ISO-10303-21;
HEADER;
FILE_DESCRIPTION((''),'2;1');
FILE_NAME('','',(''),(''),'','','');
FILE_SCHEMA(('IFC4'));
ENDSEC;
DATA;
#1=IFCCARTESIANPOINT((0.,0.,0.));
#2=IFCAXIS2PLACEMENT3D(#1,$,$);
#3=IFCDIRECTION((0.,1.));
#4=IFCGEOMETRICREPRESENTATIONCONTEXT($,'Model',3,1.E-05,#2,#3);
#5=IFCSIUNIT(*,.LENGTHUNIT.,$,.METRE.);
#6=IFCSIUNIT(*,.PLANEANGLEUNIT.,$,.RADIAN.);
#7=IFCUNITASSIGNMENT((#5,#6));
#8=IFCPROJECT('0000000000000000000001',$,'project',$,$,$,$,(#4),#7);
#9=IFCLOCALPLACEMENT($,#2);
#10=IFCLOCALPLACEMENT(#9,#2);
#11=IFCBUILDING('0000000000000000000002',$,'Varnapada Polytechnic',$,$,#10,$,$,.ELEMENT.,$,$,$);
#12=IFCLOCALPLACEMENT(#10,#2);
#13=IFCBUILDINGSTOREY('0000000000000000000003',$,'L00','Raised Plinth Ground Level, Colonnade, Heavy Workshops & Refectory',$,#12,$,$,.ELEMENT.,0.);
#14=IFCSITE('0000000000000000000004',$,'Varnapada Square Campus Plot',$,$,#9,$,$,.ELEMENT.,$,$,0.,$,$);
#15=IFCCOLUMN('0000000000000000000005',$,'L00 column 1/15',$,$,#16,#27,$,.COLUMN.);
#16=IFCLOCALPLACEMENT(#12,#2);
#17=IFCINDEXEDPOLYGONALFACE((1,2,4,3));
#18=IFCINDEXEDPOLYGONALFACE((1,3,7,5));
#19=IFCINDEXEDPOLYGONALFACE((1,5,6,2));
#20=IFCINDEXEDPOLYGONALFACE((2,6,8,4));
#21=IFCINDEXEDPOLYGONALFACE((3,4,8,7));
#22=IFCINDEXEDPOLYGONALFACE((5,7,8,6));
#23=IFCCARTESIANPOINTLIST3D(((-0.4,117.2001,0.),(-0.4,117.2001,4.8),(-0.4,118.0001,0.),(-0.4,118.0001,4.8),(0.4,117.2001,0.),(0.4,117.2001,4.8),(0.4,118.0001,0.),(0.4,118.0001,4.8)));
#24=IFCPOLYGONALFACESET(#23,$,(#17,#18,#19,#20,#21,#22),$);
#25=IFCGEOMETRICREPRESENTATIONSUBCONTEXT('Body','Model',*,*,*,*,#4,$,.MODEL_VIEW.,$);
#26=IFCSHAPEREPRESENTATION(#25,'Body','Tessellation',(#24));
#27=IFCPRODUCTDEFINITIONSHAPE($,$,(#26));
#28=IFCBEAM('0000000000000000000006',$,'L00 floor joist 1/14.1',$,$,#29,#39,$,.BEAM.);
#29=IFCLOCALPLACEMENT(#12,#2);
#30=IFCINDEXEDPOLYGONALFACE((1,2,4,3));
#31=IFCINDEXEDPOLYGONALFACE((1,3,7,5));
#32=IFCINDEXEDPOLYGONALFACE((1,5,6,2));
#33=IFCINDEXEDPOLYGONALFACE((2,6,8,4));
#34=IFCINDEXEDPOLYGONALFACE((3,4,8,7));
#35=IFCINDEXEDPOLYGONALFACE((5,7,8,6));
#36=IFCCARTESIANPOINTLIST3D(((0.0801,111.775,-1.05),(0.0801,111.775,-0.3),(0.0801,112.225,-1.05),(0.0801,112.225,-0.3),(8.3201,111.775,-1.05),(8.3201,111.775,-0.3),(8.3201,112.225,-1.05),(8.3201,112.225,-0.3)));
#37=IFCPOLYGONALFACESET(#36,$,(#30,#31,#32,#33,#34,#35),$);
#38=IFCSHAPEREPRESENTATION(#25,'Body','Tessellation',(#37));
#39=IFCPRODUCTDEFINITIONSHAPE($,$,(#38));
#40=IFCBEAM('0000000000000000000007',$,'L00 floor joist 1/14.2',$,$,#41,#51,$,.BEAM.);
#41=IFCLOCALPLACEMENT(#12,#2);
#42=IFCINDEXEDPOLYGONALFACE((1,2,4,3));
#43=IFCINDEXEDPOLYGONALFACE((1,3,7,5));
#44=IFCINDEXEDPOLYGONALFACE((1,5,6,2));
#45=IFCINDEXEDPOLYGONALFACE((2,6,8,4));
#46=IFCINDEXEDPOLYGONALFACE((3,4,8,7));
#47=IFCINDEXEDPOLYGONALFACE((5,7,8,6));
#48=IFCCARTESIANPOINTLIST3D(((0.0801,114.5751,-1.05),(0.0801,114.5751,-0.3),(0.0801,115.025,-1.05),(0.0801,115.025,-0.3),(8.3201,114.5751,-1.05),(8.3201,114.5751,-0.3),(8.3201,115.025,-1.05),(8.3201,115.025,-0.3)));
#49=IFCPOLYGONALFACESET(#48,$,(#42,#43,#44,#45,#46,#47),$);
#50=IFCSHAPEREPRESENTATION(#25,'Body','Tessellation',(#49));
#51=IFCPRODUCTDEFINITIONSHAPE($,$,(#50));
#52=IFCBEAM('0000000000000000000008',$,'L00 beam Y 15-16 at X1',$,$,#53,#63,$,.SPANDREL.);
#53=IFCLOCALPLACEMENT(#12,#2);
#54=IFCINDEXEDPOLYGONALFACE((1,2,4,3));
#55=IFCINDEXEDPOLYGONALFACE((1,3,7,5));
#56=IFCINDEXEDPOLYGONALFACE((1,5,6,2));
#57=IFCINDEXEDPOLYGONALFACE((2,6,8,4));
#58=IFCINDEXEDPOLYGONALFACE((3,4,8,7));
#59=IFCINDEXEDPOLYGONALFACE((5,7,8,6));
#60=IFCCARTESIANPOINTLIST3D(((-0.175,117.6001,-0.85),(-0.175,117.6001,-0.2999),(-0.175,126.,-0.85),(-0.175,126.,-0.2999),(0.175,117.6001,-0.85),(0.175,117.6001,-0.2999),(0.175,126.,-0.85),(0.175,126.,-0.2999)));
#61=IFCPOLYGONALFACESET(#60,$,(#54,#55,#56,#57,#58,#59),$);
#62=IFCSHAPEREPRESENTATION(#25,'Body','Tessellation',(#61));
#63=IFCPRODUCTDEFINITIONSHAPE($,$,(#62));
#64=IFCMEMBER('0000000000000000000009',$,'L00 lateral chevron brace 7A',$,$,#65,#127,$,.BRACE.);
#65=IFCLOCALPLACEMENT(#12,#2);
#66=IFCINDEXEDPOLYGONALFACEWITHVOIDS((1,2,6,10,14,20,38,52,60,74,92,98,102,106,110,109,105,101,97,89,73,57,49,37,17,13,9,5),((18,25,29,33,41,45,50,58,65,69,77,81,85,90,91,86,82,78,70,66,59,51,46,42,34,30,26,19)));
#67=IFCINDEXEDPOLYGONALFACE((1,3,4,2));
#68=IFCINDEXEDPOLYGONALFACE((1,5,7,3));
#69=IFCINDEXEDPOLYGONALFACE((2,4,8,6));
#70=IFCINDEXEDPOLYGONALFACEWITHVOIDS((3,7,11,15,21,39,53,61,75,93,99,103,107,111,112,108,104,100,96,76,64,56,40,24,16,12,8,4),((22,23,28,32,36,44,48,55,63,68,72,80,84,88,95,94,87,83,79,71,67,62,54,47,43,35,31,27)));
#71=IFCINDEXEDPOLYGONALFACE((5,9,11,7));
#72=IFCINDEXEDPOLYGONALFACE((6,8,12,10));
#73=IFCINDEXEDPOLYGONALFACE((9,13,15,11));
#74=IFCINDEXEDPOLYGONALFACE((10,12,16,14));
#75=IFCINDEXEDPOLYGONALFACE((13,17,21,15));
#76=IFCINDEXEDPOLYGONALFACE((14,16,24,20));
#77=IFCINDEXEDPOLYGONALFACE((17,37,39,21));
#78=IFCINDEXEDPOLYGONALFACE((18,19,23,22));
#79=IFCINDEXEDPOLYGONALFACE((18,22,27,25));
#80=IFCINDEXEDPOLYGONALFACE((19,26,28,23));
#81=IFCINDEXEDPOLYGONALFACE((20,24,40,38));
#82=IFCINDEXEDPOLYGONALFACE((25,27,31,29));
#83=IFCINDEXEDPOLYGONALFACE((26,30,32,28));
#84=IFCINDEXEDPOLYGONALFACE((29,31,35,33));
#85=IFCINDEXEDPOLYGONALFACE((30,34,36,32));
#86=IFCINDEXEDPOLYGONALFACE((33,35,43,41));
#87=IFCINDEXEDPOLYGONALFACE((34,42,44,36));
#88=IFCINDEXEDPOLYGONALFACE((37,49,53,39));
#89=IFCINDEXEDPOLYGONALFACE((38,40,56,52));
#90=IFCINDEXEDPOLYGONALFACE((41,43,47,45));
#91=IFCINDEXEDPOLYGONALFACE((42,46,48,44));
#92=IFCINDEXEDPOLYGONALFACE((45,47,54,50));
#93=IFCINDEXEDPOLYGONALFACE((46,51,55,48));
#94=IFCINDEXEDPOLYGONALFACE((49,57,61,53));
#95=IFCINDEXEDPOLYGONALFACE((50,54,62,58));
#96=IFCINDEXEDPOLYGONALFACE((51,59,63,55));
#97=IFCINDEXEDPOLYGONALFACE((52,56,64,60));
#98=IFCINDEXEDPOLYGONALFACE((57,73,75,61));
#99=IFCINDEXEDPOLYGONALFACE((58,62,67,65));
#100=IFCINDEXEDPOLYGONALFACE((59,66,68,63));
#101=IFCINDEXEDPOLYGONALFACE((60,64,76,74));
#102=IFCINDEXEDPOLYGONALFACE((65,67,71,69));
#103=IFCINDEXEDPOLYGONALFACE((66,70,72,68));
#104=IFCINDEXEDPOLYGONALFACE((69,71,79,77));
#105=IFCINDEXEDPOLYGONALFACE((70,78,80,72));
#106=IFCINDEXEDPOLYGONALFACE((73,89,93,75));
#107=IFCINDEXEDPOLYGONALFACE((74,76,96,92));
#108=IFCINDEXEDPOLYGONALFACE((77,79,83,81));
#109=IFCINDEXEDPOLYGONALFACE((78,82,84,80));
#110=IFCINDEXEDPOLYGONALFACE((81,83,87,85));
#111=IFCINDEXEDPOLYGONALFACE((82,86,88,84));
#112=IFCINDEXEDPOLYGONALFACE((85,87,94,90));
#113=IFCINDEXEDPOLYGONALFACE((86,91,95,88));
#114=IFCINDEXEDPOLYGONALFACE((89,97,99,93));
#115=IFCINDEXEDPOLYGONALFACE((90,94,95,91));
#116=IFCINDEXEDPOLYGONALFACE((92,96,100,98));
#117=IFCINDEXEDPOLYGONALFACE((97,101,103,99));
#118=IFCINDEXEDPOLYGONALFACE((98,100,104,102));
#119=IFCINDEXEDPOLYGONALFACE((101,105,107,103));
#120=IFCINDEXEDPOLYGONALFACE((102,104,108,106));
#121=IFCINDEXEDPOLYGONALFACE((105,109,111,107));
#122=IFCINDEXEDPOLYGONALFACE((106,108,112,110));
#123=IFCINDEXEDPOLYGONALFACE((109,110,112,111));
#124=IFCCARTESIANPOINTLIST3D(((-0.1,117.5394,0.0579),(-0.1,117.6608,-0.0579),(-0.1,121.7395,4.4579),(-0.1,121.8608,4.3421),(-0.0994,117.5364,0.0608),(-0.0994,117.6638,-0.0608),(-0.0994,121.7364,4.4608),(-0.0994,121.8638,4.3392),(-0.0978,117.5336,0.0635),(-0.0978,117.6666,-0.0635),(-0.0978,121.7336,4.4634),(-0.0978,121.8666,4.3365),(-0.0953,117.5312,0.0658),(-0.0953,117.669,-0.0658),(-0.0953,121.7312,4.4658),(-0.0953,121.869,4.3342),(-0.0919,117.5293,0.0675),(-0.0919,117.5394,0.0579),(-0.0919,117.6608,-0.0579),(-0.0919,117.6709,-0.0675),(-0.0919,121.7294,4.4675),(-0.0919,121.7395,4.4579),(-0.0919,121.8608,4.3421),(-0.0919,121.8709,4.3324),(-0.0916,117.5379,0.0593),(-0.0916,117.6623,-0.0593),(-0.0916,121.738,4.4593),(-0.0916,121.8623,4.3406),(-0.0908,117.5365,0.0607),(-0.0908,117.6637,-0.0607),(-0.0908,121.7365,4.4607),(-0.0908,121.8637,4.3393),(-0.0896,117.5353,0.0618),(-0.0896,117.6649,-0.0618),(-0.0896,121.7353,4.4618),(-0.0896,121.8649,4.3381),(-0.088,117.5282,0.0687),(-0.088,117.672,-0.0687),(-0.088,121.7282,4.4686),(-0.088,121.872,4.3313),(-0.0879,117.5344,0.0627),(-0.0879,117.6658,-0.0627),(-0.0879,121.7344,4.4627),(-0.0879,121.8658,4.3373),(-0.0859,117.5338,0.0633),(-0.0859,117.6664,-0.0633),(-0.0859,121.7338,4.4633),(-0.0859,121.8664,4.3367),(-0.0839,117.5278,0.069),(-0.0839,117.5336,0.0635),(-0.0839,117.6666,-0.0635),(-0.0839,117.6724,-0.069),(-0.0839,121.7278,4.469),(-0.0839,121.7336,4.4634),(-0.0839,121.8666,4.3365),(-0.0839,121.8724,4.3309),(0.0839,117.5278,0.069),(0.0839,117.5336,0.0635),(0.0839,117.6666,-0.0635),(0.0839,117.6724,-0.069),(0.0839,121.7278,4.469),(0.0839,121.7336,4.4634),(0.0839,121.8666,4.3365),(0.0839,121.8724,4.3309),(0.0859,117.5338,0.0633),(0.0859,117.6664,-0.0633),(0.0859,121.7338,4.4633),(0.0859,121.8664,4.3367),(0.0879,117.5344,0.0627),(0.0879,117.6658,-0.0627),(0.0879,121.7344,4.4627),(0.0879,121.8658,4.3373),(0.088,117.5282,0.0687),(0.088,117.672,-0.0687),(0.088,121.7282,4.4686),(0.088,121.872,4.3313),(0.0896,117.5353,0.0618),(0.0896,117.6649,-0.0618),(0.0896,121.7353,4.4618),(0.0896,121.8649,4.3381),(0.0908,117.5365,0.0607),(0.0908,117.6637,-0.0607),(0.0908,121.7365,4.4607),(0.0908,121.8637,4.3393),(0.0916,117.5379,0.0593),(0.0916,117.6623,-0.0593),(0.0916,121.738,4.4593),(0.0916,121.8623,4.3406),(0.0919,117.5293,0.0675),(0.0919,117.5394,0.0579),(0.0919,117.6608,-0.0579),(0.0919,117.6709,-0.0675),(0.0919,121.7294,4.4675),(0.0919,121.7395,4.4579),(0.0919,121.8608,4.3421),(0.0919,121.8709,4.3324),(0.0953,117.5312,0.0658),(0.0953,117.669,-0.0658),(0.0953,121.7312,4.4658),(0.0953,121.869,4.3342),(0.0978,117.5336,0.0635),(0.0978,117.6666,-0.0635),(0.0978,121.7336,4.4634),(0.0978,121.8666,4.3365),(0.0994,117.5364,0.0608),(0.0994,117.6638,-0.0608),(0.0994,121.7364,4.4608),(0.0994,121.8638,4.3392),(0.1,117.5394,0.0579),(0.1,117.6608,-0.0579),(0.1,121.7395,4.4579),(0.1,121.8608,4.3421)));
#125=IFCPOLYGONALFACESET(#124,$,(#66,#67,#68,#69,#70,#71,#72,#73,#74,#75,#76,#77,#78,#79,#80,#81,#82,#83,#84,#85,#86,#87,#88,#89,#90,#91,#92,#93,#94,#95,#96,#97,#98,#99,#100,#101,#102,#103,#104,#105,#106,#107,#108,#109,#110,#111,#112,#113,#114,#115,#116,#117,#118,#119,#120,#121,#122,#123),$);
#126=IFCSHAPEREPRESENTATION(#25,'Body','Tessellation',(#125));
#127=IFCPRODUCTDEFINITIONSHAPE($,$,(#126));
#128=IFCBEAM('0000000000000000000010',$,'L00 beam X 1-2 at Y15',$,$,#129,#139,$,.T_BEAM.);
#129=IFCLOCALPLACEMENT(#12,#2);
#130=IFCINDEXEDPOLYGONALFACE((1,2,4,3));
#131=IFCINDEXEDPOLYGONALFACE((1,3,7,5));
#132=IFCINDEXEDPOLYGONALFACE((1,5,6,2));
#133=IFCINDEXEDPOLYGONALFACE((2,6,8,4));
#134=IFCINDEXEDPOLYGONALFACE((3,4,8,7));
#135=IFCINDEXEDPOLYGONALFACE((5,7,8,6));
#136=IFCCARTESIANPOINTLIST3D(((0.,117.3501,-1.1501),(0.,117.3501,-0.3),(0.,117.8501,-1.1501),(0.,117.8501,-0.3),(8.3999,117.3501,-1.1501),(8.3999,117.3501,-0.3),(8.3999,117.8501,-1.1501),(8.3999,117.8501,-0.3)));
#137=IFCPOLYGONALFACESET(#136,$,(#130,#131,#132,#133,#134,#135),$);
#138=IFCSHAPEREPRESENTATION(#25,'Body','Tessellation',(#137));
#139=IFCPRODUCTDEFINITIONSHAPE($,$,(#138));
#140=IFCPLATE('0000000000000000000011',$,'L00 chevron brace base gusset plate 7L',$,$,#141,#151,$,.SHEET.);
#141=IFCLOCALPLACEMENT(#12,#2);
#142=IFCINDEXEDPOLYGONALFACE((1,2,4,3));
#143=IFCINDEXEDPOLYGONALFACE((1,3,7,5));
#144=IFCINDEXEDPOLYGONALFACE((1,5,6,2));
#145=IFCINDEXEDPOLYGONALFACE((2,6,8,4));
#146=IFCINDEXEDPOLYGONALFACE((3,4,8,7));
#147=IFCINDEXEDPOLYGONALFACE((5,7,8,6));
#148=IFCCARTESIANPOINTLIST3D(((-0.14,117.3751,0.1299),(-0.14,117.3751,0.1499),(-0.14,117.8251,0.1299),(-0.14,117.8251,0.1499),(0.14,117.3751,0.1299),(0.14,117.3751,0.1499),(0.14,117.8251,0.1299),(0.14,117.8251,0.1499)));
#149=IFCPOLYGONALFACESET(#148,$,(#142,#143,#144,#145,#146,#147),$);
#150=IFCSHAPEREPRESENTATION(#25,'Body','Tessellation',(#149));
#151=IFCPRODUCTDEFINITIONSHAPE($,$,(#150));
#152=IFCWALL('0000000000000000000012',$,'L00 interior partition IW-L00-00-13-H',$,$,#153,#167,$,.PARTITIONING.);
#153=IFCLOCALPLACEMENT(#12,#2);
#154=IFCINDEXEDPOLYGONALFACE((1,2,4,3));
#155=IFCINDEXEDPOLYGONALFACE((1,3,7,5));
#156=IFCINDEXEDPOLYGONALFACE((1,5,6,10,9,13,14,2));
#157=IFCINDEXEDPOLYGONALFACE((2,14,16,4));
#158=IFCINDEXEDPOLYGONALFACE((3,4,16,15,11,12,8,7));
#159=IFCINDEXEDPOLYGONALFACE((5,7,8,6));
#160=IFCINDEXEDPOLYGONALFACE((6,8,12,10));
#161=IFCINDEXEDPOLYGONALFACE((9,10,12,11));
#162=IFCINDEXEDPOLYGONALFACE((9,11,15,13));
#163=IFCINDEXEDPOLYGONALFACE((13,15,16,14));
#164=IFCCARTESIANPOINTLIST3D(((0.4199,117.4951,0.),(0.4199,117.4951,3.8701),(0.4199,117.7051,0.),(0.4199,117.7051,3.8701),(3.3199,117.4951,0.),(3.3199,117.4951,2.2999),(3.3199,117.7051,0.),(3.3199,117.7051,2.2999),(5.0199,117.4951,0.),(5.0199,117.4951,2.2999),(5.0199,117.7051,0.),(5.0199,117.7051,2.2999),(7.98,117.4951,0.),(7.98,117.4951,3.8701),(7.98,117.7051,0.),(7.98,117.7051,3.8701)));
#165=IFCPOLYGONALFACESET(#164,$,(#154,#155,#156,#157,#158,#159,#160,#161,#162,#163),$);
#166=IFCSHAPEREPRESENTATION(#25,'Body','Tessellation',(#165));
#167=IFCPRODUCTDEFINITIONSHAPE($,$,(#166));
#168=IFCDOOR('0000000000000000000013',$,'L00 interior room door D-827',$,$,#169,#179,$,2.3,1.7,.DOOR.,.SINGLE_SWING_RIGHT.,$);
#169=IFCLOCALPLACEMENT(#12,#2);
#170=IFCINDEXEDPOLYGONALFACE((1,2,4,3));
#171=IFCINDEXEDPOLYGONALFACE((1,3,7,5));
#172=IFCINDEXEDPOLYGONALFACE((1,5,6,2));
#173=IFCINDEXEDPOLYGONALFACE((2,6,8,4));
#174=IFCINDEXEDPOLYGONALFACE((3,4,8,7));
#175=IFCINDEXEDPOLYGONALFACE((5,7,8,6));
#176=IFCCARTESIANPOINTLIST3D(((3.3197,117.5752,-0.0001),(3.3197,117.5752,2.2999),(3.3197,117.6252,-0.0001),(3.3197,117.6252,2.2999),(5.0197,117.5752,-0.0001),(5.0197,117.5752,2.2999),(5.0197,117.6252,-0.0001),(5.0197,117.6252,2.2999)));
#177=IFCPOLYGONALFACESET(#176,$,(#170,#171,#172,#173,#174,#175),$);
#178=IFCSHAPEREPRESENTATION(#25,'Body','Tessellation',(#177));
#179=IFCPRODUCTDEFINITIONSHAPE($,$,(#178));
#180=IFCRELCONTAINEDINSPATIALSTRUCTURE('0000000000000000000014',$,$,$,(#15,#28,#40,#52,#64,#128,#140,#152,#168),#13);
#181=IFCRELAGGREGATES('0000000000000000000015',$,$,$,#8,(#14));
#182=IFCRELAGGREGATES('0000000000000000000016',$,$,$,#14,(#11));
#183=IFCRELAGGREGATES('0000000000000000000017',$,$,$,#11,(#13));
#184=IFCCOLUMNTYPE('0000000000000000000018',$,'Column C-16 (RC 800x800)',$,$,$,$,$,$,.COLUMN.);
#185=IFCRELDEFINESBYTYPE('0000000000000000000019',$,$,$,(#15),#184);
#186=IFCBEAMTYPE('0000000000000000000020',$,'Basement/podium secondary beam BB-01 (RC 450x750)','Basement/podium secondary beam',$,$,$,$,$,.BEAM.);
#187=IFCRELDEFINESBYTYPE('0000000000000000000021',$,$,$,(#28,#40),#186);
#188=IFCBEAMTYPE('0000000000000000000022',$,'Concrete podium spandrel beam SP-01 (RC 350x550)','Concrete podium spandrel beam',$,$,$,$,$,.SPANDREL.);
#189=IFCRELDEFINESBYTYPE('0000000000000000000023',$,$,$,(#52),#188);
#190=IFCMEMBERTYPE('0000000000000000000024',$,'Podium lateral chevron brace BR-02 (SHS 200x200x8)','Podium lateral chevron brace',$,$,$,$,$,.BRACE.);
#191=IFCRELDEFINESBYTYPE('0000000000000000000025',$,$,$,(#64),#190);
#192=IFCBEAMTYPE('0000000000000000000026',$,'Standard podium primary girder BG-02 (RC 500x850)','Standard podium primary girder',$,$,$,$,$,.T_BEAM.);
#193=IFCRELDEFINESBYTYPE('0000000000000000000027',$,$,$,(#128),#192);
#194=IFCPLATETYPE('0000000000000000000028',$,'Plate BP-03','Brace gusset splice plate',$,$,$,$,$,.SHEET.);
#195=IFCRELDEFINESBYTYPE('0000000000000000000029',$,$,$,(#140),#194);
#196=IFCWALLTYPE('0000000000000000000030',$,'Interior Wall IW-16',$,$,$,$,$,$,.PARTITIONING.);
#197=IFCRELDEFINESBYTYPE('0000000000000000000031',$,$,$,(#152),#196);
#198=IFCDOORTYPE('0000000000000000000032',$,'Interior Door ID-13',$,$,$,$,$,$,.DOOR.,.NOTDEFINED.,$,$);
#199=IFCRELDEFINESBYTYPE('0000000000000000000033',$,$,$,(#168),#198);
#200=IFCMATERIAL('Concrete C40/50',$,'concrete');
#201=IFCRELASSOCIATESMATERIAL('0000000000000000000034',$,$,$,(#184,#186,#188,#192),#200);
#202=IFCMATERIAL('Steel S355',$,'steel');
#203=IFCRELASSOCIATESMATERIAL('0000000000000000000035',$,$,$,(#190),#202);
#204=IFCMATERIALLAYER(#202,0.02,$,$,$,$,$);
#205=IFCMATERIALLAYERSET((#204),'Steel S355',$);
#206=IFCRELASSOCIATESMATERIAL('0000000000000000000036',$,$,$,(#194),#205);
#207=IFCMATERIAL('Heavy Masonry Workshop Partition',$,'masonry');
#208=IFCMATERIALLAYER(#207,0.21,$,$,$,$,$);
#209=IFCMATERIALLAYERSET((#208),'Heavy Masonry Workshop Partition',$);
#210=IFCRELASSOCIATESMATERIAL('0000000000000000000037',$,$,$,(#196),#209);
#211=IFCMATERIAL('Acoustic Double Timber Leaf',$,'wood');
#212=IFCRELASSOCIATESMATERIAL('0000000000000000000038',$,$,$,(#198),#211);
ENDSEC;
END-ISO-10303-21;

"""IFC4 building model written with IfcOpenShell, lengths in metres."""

from ifc_helpers import new_model, si_unit, direction, frame, frame_2d, origin, origin_2d, place, context, subcontext, project, spatial, rectangle, hollow_rectangle, extrude, material, layer, layer_set, material_profile, profile_set, type_object, element, fill, save


model = new_model("IFC4")

# Units and contexts
model_context = context("Model", 3, precision=1e-05, world=origin(), true_north=direction((0.0, 1.0)))
body_context = subcontext(model_context, "Body", "Model", "MODEL_VIEW")
ifc_project = project(units=[si_unit("LENGTHUNIT", "METRE"), si_unit("PLANEANGLEUNIT", "RADIAN")], contexts=[model_context])

# Site, building, storey
site_placement = place(None, origin())
site = spatial("IfcSite", under=ifc_project, at=site_placement, Name="Varnapada Square Campus Plot", CompositionType="ELEMENT", RefElevation=0.0)
building_placement = place(site_placement, origin())
building = spatial("IfcBuilding", under=site, at=building_placement, Name="Varnapada Polytechnic", CompositionType="ELEMENT")
storey_placement = place(building_placement, origin())
storey = spatial("IfcBuildingStorey", under=building, at=storey_placement, Name="L00", Description="Raised Plinth Ground Level, Colonnade, Heavy Workshops & Refectory", CompositionType="ELEMENT", Elevation=0.0)

# Column
ifc_material_1 = material(Name="Concrete C40/50", Category="concrete")
ifc_material_profile_1 = material_profile(ifc_material_1, rectangle(XDim=0.8, YDim=0.8, at=origin_2d()), Name="RC 800x800")
ifc_profile_set_1 = profile_set([ifc_material_profile_1], Name="Concrete C40/50")
column_type = type_object("IfcColumnType", Name="Column C-16 (RC 800x800)", PredefinedType="COLUMN", material=ifc_profile_set_1)
column_placement = place(storey_placement, frame((0.0, 117.6001, 0.0), z_axis=(0.0, 0.0, 1.0), x_axis=(1.0, 0.0, 0.0)))
element("IfcColumn", 1, at=column_placement, inside=storey, type_object=column_type, Name="L00 column 1/15", PredefinedType="COLUMN", context=body_context, shape_type="SweptSolid", body=[
    extrude(rectangle(XDim=0.8, YDim=0.8, at=origin_2d()), origin(), (0.0, 0.0, 1.0), 4.8),
])

# Beams
ifc_material_profile_2 = material_profile(ifc_material_1, rectangle(XDim=0.45, YDim=0.75, at=origin_2d()), Name="RC 450x750")
ifc_profile_set_2 = profile_set([ifc_material_profile_2], Name="Concrete C40/50")
beam_type_1 = type_object("IfcBeamType", Name="Basement/podium secondary beam BB-01 (RC 450x750)", Description="Basement/podium secondary beam", PredefinedType="BEAM", material=ifc_profile_set_2)
for number, where, z_axis, x_axis, name in (
    (2, (0.0801, 112.0, -0.675), (1.0, 0.0, 0.0), (0.0, 1.0, 0.0), "L00 floor joist 1/14.1"),
    (3, (0.0801, 114.8, -0.675), (1.0, 0.0, 0.0), (0.0, 1.0, 0.0), "L00 floor joist 1/14.2"),
):
    element("IfcBeam", number, at=place(storey_placement, frame(where, z_axis=z_axis, x_axis=x_axis)), inside=storey, type_object=beam_type_1, Name=name, PredefinedType="BEAM", context=body_context, shape_type="SweptSolid", body=[
        extrude(rectangle(XDim=0.45, YDim=0.75, at=origin_2d()), origin(), (0.0, 0.0, 1.0), 8.24),
    ])
ifc_material_profile_3 = material_profile(ifc_material_1, rectangle(XDim=0.3501, YDim=0.55, at=origin_2d()), Name="RC 350x550")
ifc_profile_set_3 = profile_set([ifc_material_profile_3], Name="Concrete C40/50")
beam_type_2 = type_object("IfcBeamType", Name="Concrete podium spandrel beam SP-01 (RC 350x550)", Description="Concrete podium spandrel beam", PredefinedType="SPANDREL", material=ifc_profile_set_3)
beam_1_placement = place(storey_placement, frame((0.0, 117.6001, -0.575), z_axis=(0.0, 1.0, 0.0), x_axis=(-1.0, 0.0, 0.0)))
element("IfcBeam", 4, at=beam_1_placement, inside=storey, type_object=beam_type_2, Name="L00 beam Y 15-16 at X1", PredefinedType="SPANDREL", context=body_context, shape_type="SweptSolid", body=[
    extrude(rectangle(XDim=0.3501, YDim=0.55, at=origin_2d()), origin(), (0.0, 0.0, 1.0), 8.3999),
])

# Member
ifc_material_2 = material(Name="Steel S355", Category="steel")
ifc_material_profile_4 = material_profile(ifc_material_2, hollow_rectangle(XDim=0.2, YDim=0.2, WallThickness=0.0081, InnerFilletRadius=0.0081, OuterFilletRadius=0.0161, at=origin_2d()), Name="SHS 200x200x8")
ifc_profile_set_4 = profile_set([ifc_material_profile_4], Name="Steel S355")
member_type = type_object("IfcMemberType", Name="Podium lateral chevron brace BR-02 (SHS 200x200x8)", Description="Podium lateral chevron brace", PredefinedType="BRACE", material=ifc_profile_set_4)
member_placement = place(storey_placement, frame((0.0, 117.6001, 0.0), z_axis=(0.0, 0.69048, 0.723352), x_axis=(-1.0, 0.0, 0.0)))
element("IfcMember", 5, at=member_placement, inside=storey, type_object=member_type, Name="L00 lateral chevron brace 7A", PredefinedType="BRACE", context=body_context, shape_type="SweptSolid", body=[
    extrude(hollow_rectangle(XDim=0.2, YDim=0.2, WallThickness=0.0081, InnerFilletRadius=0.0081, OuterFilletRadius=0.0161, at=origin_2d()), origin(), (0.0, 0.0, 1.0), 6.0828),
])

# Beam
ifc_material_profile_5 = material_profile(ifc_material_1, rectangle(XDim=0.5, YDim=0.8501, at=origin_2d()), Name="RC 500x850")
ifc_profile_set_5 = profile_set([ifc_material_profile_5], Name="Concrete C40/50")
beam_type_3 = type_object("IfcBeamType", Name="Standard podium primary girder BG-02 (RC 500x850)", Description="Standard podium primary girder", PredefinedType="T_BEAM", material=ifc_profile_set_5)
beam_2_placement = place(storey_placement, frame((0.0, 117.6001, -0.7251), z_axis=(1.0, 0.0, 0.0), x_axis=(0.0, 1.0, 0.0)))
element("IfcBeam", 6, at=beam_2_placement, inside=storey, type_object=beam_type_3, Name="L00 beam X 1-2 at Y15", PredefinedType="T_BEAM", context=body_context, shape_type="SweptSolid", body=[
    extrude(rectangle(XDim=0.5, YDim=0.8501, at=origin_2d()), origin(), (0.0, 0.0, 1.0), 8.3999),
])

# Plate
ifc_layer_1 = layer(ifc_material_2, 0.02)
ifc_layer_set_1 = layer_set([ifc_layer_1], Name="Steel S355")
plate_type = type_object("IfcPlateType", Name="Plate BP-03", Description="Brace gusset splice plate", PredefinedType="SHEET", material=ifc_layer_set_1)
plate_placement = place(storey_placement, frame((0.0, 117.6001, 0.1299), z_axis=(0.0, 0.0, 1.0), x_axis=(0.0, 1.0, 0.0)))
element("IfcPlate", 7, at=plate_placement, inside=storey, type_object=plate_type, Name="L00 chevron brace base gusset plate 7L", PredefinedType="SHEET", context=body_context, shape_type="SweptSolid", body=[
    extrude(rectangle(XDim=0.45, YDim=0.28, at=origin_2d()), origin(), (0.0, 0.0, 1.0), 0.02),
])

# Wall, opening, door
ifc_material_3 = material(Name="Heavy Masonry Workshop Partition", Category="masonry")
ifc_layer_2 = layer(ifc_material_3, 0.21)
ifc_layer_set_2 = layer_set([ifc_layer_2], Name="Heavy Masonry Workshop Partition")
wall_type_1 = type_object("IfcWallType", Name="Interior Wall IW-16", PredefinedType="PARTITIONING", material=ifc_layer_set_2)
wall_1_placement = place(storey_placement, frame((0.4199, 117.6001, 0.0), z_axis=(0.0, 0.0, 1.0), x_axis=(1.0, 0.0, 0.0)))
wall_1 = element("IfcWall", 8, at=wall_1_placement, inside=storey, type_object=wall_type_1, Name="L00 interior partition IW-L00-00-13-H", PredefinedType="PARTITIONING", context=body_context, shape_type="SweptSolid", body=[
    extrude(rectangle(XDim=7.5601, YDim=0.21, at=frame_2d((3.78, 0.0))), origin(), (0.0, 0.0, 1.0), 3.8701),
])
opening_placement = place(wall_1_placement, frame((2.8999, 0.0, 0.0)))
opening = element("IfcOpeningElement", 9, at=opening_placement, cuts=wall_1, PredefinedType="OPENING", context=body_context, shape_type="SweptSolid", body=[
    extrude(rectangle(XDim=1.7, YDim=2.3, at=frame_2d((0.8501, 1.1499))), frame((0.0, 0.115, 0.0), z_axis=(0.0, -1.0, 0.0), x_axis=(1.0, 0.0, 0.0)), (0.0, 0.0, 1.0), 0.23),
])
ifc_material_4 = material(Name="Acoustic Double Timber Leaf", Category="wood")
door_type = type_object("IfcDoorType", Name="Interior Door ID-13", OperationType="NOTDEFINED", PredefinedType="DOOR", material=ifc_material_4)
door_placement = place(opening_placement, frame((1.7, 0.0, 0.0), z_axis=(0.0, 0.0, 1.0), x_axis=(-1.0, 0.0, 0.0)))
door = element("IfcDoor", 10, at=door_placement, inside=storey, type_object=door_type, Name="L00 interior room door D-827", OperationType="SINGLE_SWING_RIGHT", OverallHeight=2.3, OverallWidth=1.7, PredefinedType="DOOR", context=body_context, shape_type="SweptSolid", body=[
    extrude(rectangle(XDim=1.7, YDim=2.3, at=frame_2d((0.8501, 1.1499))), frame((0.0, 0.0249, 0.0), z_axis=(0.0, -1.0, 0.0), x_axis=(1.0, 0.0, 0.0)), (0.0, 0.0, 1.0), 0.05),
])
fill(opening, door)

save(model, "model.ifc")
